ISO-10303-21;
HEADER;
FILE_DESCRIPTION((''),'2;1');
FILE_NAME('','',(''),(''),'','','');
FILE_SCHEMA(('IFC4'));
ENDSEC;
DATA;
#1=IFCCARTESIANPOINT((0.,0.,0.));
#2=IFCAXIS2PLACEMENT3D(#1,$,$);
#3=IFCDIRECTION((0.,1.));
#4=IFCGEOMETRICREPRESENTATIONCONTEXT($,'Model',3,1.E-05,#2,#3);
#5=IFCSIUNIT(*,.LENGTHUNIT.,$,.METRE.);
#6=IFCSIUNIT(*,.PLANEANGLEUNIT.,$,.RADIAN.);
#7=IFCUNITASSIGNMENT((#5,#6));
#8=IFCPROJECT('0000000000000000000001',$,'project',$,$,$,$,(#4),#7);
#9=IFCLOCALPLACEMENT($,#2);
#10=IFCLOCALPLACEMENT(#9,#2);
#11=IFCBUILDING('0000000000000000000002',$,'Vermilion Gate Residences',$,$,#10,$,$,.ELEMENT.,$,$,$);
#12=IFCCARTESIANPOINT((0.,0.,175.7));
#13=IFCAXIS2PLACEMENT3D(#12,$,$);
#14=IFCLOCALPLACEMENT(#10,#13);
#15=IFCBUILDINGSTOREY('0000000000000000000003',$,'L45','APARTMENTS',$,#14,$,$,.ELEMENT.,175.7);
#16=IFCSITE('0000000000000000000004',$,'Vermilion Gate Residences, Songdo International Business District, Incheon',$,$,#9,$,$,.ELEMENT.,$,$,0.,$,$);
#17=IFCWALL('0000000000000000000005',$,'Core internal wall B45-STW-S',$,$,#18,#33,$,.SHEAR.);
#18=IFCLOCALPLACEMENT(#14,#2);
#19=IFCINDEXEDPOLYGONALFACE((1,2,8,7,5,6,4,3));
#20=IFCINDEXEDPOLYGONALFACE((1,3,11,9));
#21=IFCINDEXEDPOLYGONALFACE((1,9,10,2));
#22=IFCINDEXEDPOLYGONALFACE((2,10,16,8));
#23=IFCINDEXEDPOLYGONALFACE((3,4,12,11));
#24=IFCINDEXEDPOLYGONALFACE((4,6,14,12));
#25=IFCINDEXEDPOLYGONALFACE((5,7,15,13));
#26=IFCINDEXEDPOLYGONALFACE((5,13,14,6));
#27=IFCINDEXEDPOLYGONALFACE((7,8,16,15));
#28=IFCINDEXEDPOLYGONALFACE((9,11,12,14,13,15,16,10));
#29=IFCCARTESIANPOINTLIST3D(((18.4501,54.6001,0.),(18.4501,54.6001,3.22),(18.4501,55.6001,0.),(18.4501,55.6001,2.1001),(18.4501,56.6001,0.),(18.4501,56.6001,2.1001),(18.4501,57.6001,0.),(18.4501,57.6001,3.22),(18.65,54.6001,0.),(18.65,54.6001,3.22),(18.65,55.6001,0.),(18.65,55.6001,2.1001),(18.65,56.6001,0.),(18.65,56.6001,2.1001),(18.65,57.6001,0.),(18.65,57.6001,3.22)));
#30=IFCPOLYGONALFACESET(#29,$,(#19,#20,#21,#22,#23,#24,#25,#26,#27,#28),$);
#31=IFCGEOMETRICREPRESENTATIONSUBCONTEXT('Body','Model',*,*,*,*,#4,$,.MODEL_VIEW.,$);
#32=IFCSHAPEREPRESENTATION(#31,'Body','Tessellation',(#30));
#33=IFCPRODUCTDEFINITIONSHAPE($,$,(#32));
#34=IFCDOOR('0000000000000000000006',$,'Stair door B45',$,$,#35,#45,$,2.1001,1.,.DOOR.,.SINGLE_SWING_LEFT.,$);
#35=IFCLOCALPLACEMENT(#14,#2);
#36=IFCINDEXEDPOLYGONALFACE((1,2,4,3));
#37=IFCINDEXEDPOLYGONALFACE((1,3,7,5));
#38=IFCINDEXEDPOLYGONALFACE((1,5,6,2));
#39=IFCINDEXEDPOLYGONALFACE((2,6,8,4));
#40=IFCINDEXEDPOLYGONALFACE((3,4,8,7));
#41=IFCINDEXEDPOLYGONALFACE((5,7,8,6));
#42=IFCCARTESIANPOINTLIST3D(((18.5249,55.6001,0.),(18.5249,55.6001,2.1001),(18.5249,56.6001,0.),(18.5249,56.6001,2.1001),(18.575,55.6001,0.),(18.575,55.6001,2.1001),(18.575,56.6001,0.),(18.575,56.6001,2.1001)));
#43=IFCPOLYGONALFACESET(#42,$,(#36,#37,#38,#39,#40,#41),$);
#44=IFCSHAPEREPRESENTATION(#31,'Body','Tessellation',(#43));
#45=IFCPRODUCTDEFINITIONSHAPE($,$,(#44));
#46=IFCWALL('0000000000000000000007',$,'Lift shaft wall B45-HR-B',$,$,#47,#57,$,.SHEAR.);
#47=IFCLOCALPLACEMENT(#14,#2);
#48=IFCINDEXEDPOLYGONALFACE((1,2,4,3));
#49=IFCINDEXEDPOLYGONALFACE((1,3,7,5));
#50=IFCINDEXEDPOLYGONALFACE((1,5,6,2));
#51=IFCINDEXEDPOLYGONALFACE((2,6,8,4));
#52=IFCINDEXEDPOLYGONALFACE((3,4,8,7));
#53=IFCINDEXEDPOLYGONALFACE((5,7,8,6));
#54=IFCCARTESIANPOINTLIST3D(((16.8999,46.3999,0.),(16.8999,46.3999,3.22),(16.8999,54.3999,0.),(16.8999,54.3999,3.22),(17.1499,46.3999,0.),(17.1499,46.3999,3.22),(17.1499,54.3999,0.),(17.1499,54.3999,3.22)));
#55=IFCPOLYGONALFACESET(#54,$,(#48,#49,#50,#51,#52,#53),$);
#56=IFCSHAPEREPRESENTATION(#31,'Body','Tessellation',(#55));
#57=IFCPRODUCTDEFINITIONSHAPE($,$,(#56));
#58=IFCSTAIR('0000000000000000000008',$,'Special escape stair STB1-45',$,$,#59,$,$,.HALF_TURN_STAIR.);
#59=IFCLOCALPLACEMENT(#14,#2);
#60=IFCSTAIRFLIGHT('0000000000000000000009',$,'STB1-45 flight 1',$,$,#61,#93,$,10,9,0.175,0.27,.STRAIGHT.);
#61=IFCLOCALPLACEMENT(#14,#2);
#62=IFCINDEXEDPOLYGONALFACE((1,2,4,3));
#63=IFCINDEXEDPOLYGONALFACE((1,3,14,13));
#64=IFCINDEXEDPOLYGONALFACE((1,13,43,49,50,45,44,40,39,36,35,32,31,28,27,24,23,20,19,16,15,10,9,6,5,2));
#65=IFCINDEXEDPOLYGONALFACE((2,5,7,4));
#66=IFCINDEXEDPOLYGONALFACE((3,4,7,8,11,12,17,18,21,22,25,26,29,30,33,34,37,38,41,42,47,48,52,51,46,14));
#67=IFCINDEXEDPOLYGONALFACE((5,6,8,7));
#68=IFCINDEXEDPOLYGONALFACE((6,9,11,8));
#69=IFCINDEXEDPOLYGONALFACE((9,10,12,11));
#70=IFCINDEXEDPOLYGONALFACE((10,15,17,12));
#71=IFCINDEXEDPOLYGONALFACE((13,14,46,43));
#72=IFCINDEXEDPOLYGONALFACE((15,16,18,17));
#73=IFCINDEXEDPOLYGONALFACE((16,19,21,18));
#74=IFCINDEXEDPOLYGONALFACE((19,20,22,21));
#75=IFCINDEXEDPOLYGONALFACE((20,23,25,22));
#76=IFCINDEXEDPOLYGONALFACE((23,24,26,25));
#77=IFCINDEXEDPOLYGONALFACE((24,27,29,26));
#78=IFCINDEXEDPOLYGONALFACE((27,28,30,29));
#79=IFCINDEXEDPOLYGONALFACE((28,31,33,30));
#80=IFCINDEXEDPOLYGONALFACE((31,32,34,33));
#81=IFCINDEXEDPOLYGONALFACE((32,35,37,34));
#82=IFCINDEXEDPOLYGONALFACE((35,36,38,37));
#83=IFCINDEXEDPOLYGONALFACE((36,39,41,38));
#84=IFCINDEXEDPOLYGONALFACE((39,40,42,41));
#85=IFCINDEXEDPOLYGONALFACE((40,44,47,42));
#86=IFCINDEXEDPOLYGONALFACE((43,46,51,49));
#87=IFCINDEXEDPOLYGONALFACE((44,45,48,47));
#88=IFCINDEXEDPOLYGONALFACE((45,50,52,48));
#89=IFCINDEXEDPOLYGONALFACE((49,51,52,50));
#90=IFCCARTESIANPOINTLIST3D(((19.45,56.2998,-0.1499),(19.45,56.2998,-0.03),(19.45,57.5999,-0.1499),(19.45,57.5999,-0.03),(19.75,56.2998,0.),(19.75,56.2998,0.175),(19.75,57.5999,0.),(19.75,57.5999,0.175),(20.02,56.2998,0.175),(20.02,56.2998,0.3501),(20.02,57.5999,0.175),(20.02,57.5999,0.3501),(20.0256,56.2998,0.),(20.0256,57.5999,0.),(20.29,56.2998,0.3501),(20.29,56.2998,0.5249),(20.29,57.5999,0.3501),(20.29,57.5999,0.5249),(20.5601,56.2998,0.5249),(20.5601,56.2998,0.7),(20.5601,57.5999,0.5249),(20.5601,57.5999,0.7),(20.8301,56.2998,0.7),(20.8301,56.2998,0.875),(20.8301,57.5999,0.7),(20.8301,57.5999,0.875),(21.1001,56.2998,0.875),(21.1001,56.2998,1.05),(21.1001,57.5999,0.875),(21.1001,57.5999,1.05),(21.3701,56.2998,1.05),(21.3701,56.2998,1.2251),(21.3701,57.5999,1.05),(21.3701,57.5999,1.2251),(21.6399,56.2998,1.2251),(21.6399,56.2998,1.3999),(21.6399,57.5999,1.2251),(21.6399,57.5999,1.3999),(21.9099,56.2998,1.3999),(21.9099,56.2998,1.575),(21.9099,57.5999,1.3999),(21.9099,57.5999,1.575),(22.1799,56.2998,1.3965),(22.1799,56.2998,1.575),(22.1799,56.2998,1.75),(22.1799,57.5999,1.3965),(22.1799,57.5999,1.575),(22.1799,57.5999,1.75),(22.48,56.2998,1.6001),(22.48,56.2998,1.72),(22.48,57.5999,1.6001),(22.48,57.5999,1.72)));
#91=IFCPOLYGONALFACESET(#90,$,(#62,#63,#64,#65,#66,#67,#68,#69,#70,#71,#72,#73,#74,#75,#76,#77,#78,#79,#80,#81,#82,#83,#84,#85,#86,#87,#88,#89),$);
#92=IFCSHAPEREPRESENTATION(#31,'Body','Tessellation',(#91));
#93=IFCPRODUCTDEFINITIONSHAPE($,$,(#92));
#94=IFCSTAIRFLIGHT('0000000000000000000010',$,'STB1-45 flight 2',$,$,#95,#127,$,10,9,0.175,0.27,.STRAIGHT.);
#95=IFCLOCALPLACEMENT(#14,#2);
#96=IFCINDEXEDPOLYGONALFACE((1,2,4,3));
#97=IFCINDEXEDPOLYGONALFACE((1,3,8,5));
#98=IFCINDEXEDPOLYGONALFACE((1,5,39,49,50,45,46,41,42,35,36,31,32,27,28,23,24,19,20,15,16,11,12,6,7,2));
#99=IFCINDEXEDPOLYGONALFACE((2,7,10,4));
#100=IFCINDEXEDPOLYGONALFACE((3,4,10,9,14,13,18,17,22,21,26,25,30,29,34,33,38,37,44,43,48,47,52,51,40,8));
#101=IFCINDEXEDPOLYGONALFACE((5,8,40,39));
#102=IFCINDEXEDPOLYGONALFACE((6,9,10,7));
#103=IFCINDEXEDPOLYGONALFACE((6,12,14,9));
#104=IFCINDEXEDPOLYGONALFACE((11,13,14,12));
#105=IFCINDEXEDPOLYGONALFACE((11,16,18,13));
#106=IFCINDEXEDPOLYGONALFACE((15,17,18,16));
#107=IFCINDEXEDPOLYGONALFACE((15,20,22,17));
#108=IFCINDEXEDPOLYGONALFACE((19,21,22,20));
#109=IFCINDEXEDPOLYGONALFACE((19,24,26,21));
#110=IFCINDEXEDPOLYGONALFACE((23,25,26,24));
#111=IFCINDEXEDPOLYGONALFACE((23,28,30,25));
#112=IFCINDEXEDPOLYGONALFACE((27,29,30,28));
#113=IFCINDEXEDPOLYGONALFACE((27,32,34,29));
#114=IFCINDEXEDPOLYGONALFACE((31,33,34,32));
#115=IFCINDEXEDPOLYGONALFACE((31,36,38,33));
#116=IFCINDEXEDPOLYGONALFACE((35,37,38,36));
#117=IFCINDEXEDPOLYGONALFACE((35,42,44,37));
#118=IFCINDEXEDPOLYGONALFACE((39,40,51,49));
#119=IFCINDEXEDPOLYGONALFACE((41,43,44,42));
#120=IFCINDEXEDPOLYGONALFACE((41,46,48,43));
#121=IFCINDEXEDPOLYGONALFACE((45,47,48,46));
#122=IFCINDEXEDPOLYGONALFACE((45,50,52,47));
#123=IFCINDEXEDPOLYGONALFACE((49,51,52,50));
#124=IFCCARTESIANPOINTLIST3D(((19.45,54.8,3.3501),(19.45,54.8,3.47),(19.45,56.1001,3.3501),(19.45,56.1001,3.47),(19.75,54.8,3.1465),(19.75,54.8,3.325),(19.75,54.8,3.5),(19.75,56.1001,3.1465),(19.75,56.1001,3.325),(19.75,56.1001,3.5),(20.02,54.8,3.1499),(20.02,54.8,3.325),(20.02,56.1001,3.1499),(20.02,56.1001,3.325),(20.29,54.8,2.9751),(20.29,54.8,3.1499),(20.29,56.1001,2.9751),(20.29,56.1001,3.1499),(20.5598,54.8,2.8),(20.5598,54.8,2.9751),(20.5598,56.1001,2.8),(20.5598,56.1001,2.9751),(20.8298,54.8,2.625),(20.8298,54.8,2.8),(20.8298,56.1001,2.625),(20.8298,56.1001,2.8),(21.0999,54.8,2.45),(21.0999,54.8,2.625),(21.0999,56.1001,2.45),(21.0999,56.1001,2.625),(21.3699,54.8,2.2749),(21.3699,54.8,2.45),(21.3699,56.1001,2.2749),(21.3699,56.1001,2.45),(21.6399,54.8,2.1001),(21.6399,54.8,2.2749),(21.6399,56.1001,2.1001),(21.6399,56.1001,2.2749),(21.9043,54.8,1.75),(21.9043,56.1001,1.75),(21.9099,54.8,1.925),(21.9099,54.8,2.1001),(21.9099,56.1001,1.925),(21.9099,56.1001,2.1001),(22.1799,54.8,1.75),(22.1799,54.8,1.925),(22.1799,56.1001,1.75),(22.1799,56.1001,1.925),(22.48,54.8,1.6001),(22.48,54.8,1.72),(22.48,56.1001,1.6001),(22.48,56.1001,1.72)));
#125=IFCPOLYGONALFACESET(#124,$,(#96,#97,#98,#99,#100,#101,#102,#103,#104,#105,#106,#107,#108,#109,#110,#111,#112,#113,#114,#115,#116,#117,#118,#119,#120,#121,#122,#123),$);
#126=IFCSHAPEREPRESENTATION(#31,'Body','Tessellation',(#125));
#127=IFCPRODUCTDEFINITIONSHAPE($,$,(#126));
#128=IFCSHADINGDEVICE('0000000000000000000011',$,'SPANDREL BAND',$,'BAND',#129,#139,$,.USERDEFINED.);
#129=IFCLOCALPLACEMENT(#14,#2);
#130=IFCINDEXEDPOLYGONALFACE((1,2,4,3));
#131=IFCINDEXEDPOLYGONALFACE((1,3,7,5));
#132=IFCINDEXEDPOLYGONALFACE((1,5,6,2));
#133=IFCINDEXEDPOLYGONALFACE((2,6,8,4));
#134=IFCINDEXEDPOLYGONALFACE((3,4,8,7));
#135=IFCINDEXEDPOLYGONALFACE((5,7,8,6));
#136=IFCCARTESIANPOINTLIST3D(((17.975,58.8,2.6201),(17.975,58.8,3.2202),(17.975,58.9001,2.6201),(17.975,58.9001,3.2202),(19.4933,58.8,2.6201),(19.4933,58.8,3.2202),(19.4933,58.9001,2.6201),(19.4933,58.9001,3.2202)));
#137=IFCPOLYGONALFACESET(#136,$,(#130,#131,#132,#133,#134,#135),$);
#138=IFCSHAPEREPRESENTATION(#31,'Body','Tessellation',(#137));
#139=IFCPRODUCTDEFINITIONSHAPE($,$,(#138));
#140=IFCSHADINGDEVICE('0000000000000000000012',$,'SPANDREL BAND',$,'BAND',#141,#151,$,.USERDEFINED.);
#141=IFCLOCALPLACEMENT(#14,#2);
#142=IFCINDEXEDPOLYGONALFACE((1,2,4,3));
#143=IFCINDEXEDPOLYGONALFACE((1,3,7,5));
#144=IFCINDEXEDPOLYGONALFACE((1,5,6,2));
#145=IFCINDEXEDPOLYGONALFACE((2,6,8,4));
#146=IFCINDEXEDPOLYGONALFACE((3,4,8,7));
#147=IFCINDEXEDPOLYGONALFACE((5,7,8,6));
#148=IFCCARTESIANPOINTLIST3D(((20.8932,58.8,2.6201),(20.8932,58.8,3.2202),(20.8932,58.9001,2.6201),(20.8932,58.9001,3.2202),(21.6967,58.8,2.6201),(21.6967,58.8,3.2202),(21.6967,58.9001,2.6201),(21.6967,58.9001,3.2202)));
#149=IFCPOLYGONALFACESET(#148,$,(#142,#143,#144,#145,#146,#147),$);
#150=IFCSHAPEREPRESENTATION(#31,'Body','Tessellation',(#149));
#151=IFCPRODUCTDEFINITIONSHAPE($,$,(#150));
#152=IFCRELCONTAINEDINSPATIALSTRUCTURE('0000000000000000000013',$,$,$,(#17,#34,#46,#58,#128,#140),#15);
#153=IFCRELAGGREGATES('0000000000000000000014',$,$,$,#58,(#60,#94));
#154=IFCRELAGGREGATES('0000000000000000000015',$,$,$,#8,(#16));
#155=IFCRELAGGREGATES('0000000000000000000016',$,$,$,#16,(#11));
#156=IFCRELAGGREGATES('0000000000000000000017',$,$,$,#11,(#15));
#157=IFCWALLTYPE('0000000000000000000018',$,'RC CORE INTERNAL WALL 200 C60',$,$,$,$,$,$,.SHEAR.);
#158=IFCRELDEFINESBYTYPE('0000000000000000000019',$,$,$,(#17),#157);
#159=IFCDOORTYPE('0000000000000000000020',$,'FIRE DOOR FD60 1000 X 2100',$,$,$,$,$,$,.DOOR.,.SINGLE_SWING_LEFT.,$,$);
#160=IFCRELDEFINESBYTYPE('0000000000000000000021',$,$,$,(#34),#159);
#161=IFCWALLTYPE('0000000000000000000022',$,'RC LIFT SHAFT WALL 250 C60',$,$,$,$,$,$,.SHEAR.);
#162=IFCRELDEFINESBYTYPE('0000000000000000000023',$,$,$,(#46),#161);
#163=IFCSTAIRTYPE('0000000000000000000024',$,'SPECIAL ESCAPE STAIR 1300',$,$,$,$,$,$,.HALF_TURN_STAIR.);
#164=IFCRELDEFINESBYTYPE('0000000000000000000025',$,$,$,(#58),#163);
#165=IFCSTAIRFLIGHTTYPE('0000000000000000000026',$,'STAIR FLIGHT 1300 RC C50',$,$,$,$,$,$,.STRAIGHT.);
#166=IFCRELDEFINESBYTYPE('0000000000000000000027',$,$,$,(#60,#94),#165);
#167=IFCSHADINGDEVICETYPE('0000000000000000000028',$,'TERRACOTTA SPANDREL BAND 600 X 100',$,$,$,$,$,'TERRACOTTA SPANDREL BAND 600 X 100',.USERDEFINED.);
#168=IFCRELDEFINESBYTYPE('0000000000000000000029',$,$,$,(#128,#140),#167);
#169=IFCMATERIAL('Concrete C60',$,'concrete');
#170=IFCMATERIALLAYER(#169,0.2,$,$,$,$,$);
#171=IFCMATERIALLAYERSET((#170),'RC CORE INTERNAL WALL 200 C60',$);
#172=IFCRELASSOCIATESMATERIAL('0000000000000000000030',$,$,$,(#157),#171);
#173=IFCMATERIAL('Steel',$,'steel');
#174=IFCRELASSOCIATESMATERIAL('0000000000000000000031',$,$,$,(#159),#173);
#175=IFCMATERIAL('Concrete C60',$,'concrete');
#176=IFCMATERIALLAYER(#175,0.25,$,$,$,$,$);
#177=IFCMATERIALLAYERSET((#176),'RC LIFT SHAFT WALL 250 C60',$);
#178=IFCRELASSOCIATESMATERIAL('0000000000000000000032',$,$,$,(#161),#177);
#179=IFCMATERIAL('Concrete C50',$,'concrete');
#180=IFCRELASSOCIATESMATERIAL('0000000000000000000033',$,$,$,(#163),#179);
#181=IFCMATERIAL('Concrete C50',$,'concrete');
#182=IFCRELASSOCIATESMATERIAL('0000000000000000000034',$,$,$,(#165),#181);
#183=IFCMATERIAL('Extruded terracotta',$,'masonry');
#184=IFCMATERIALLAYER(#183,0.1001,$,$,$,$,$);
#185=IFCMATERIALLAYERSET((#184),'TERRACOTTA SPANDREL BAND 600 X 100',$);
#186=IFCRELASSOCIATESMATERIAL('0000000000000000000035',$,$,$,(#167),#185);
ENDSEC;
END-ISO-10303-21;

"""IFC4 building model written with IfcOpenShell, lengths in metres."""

from ifc_helpers import new_model, si_unit, direction, frame, frame_2d, origin, origin_2d, place, context, subcontext, project, spatial, polyline, rectangle, outline, extrude, material, layer, layer_set, type_object, element, fill, aggregate, save


model = new_model("IFC4")

# Units and contexts
model_context = context("Model", 3, precision=1e-05, world=origin(), true_north=direction((0.0, 1.0)))
body_context = subcontext(model_context, "Body", "Model", "MODEL_VIEW")
ifc_project = project(units=[si_unit("LENGTHUNIT", "METRE"), si_unit("PLANEANGLEUNIT", "RADIAN")], contexts=[model_context])

# Site, building, storey
site_placement = place(None, origin())
site = spatial("IfcSite", under=ifc_project, at=site_placement, Name="Vermilion Gate Residences, Songdo International Business District, Incheon", CompositionType="ELEMENT", RefElevation=0.0)
building_placement = place(site_placement, origin())
building = spatial("IfcBuilding", under=site, at=building_placement, Name="Vermilion Gate Residences", CompositionType="ELEMENT")
storey_placement = place(building_placement, frame((0.0, 0.0, 175.7)))
storey = spatial("IfcBuildingStorey", under=building, at=storey_placement, Name="L45", Description="APARTMENTS", CompositionType="ELEMENT", Elevation=175.7)

# Shared definitions
ifc_material_1 = material(Name="Concrete C60", Category="concrete")
ifc_layer_1 = layer(ifc_material_1, 0.2)
ifc_layer_set_1 = layer_set([ifc_layer_1], Name="RC CORE INTERNAL WALL 200 C60")
wall_type_1 = type_object("IfcWallType", Name="RC CORE INTERNAL WALL 200 C60", PredefinedType="SHEAR", material=ifc_layer_set_1)

# Wall, opening, door
wall_1_placement = place(storey_placement, frame((18.55, 57.6001, 0.0), z_axis=(0.0, 0.0, 1.0), x_axis=(0.0, -1.0, 0.0)))
wall_1 = element("IfcWall", 1, at=wall_1_placement, inside=storey, type_object=wall_type_1, Name="Core internal wall B45-STW-S", PredefinedType="SHEAR", context=body_context, shape_type="SweptSolid", body=[
    extrude(rectangle(XDim=3.0, YDim=0.2, at=frame_2d((1.5, 0.0))), origin(), (0.0, 0.0, 1.0), 3.22),
])
opening_1_placement = place(wall_1_placement, frame((1.0, 0.0, 0.0)))
opening_1 = element("IfcOpeningElement", 2, at=opening_1_placement, cuts=wall_1, PredefinedType="OPENING", context=body_context, shape_type="SweptSolid", body=[
    extrude(rectangle(XDim=1.0, YDim=2.1001, at=frame_2d((0.5, 1.05))), frame((0.0, 0.1099, 0.0), z_axis=(0.0, -1.0, 0.0), x_axis=(1.0, 0.0, 0.0)), (0.0, 0.0, 1.0), 0.22),
])
ifc_material_2 = material(Name="Steel", Category="steel")
door_type_1 = type_object("IfcDoorType", Name="FIRE DOOR FD60 1000 X 2100", OperationType="SINGLE_SWING_LEFT", PredefinedType="DOOR", material=ifc_material_2)
door_1_placement = place(opening_1_placement, origin())
door_1 = element("IfcDoor", 3, at=door_1_placement, inside=storey, type_object=door_type_1, Name="Stair door B45", OperationType="SINGLE_SWING_LEFT", OverallHeight=2.1001, OverallWidth=1.0, PredefinedType="DOOR", context=body_context, shape_type="SweptSolid", body=[
    extrude(rectangle(XDim=1.0, YDim=2.1001, at=frame_2d((0.5, 1.05))), frame((0.0, 0.0249, 0.0), z_axis=(0.0, -1.0, 0.0), x_axis=(1.0, 0.0, 0.0)), (0.0, 0.0, 1.0), 0.05),
])
fill(opening_1, door_1)

# Wall
ifc_material_3 = material(Name="Concrete C60", Category="concrete")
ifc_layer_2 = layer(ifc_material_3, 0.25)
ifc_layer_set_2 = layer_set([ifc_layer_2], Name="RC LIFT SHAFT WALL 250 C60")
wall_type_2 = type_object("IfcWallType", Name="RC LIFT SHAFT WALL 250 C60", PredefinedType="SHEAR", material=ifc_layer_set_2)
wall_2_placement = place(storey_placement, frame((17.0249, 54.3999, 0.0), z_axis=(0.0, 0.0, 1.0), x_axis=(0.0, -1.0, 0.0)))
element("IfcWall", 4, at=wall_2_placement, inside=storey, type_object=wall_type_2, Name="Lift shaft wall B45-HR-B", PredefinedType="SHEAR", context=body_context, shape_type="SweptSolid", body=[
    extrude(rectangle(XDim=8.0, YDim=0.25, at=frame_2d((4.0, 0.0))), origin(), (0.0, 0.0, 1.0), 3.22),
])

# Stair, stair flights
ifc_material_4 = material(Name="Concrete C50", Category="concrete")
stair_type = type_object("IfcStairType", Name="SPECIAL ESCAPE STAIR 1300", PredefinedType="HALF_TURN_STAIR", material=ifc_material_4)
stair_placement = place(storey_placement, origin())
stair = element("IfcStair", 5, at=stair_placement, inside=storey, type_object=stair_type, Name="Special escape stair STB1-45", PredefinedType="HALF_TURN_STAIR")
ifc_material_5 = material(Name="Concrete C50", Category="concrete")
stair_flight_type = type_object("IfcStairFlightType", Name="STAIR FLIGHT 1300 RC C50", PredefinedType="STRAIGHT", material=ifc_material_5)
stair_flight_1_placement = place(storey_placement, frame((19.75, 56.95, 0.0), z_axis=(0.0, 0.0, 1.0), x_axis=(1.0, 0.0, 0.0)))
stair_flight_1 = element("IfcStairFlight", 6, at=stair_flight_1_placement, type_object=stair_flight_type, Name="STB1-45 flight 1", NumberOfRisers=10, NumberOfTreads=9, PredefinedType="STRAIGHT", RiserHeight=0.175, TreadLength=0.27, context=body_context, shape_type="SweptSolid", body=[
    extrude(outline(polyline([(-0.3, -0.1499), (-0.3, -0.03), (0.0, 0.0), (0.0, 0.175), (0.27, 0.175), (0.27, 0.3501), (0.54, 0.3501), (0.54, 0.5249), (0.8101, 0.5249), (0.8101, 0.7), (1.0801, 0.7), (1.0801, 0.875), (1.3501, 0.875), (1.3501, 1.05), (1.6201, 1.05), (1.6201, 1.2251), (1.8899, 1.2251), (1.8899, 1.3999), (2.1599, 1.3999), (2.1599, 1.575), (2.4299, 1.575), (2.4299, 1.75), (2.73, 1.72), (2.73, 1.6001), (2.4299, 1.3965), (0.2756, 0.0), (-0.3, -0.1499)])), frame((0.0, 0.6499, 0.0), z_axis=(0.0, -1.0, 0.0), x_axis=(1.0, 0.0, 0.0)), (0.0, 0.0, 1.0), 1.3),
])
stair_flight_2_placement = place(storey_placement, frame((22.1799, 55.45, 1.75), z_axis=(0.0, 0.0, 1.0), x_axis=(-1.0, 0.0, 0.0)))
stair_flight_2 = element("IfcStairFlight", 7, at=stair_flight_2_placement, type_object=stair_flight_type, Name="STB1-45 flight 2", NumberOfRisers=10, NumberOfTreads=9, PredefinedType="STRAIGHT", RiserHeight=0.175, TreadLength=0.27, context=body_context, shape_type="SweptSolid", body=[
    extrude(outline(polyline([(-0.3, -0.1499), (-0.3, -0.03), (0.0, 0.0), (0.0, 0.175), (0.27, 0.175), (0.27, 0.3501), (0.54, 0.3501), (0.54, 0.5249), (0.8101, 0.5249), (0.8101, 0.7), (1.0801, 0.7), (1.0801, 0.875), (1.3501, 0.875), (1.3501, 1.05), (1.6201, 1.05), (1.6201, 1.2251), (1.8899, 1.2251), (1.8899, 1.3999), (2.1599, 1.3999), (2.1599, 1.575), (2.4299, 1.575), (2.4299, 1.75), (2.73, 1.72), (2.73, 1.6001), (2.4299, 1.3965), (0.2756, 0.0), (-0.3, -0.1499)])), frame((0.0, 0.6499, 0.0), z_axis=(0.0, -1.0, 0.0), x_axis=(1.0, 0.0, 0.0)), (0.0, 0.0, 1.0), 1.3),
])
aggregate(stair, [stair_flight_1, stair_flight_2])

# Shading devices
ifc_material_6 = material(Name="Extruded terracotta", Category="masonry")
ifc_layer_3 = layer(ifc_material_6, 0.1001)
ifc_layer_set_3 = layer_set([ifc_layer_3], Name="TERRACOTTA SPANDREL BAND 600 X 100")
shading_device_type = type_object("IfcShadingDeviceType", Name="TERRACOTTA SPANDREL BAND 600 X 100", ElementType="TERRACOTTA SPANDREL BAND 600 X 100", PredefinedType="USERDEFINED", material=ifc_layer_set_3)
shading_device_1_placement = place(storey_placement, frame((18.7341, 58.8501, 2.6201), z_axis=(0.0, 0.0, 1.0), x_axis=(1.0, 0.0, 0.0)))
element("IfcShadingDevice", 8, at=shading_device_1_placement, inside=storey, type_object=shading_device_type, Name="SPANDREL BAND", ObjectType="BAND", PredefinedType="USERDEFINED", context=body_context, shape_type="SweptSolid", body=[
    extrude(rectangle(XDim=1.5183, YDim=0.1001, at=origin_2d()), origin(), (0.0, 0.0, 1.0), 0.6001),
])
shading_device_2_placement = place(storey_placement, frame((21.2949, 58.8501, 2.6201), z_axis=(0.0, 0.0, 1.0), x_axis=(1.0, 0.0, 0.0)))
element("IfcShadingDevice", 9, at=shading_device_2_placement, inside=storey, type_object=shading_device_type, Name="SPANDREL BAND", ObjectType="BAND", PredefinedType="USERDEFINED", context=body_context, shape_type="SweptSolid", body=[
    extrude(rectangle(XDim=0.8035, YDim=0.1001, at=origin_2d()), origin(), (0.0, 0.0, 1.0), 0.6001),
])

save(model, "model.ifc")
